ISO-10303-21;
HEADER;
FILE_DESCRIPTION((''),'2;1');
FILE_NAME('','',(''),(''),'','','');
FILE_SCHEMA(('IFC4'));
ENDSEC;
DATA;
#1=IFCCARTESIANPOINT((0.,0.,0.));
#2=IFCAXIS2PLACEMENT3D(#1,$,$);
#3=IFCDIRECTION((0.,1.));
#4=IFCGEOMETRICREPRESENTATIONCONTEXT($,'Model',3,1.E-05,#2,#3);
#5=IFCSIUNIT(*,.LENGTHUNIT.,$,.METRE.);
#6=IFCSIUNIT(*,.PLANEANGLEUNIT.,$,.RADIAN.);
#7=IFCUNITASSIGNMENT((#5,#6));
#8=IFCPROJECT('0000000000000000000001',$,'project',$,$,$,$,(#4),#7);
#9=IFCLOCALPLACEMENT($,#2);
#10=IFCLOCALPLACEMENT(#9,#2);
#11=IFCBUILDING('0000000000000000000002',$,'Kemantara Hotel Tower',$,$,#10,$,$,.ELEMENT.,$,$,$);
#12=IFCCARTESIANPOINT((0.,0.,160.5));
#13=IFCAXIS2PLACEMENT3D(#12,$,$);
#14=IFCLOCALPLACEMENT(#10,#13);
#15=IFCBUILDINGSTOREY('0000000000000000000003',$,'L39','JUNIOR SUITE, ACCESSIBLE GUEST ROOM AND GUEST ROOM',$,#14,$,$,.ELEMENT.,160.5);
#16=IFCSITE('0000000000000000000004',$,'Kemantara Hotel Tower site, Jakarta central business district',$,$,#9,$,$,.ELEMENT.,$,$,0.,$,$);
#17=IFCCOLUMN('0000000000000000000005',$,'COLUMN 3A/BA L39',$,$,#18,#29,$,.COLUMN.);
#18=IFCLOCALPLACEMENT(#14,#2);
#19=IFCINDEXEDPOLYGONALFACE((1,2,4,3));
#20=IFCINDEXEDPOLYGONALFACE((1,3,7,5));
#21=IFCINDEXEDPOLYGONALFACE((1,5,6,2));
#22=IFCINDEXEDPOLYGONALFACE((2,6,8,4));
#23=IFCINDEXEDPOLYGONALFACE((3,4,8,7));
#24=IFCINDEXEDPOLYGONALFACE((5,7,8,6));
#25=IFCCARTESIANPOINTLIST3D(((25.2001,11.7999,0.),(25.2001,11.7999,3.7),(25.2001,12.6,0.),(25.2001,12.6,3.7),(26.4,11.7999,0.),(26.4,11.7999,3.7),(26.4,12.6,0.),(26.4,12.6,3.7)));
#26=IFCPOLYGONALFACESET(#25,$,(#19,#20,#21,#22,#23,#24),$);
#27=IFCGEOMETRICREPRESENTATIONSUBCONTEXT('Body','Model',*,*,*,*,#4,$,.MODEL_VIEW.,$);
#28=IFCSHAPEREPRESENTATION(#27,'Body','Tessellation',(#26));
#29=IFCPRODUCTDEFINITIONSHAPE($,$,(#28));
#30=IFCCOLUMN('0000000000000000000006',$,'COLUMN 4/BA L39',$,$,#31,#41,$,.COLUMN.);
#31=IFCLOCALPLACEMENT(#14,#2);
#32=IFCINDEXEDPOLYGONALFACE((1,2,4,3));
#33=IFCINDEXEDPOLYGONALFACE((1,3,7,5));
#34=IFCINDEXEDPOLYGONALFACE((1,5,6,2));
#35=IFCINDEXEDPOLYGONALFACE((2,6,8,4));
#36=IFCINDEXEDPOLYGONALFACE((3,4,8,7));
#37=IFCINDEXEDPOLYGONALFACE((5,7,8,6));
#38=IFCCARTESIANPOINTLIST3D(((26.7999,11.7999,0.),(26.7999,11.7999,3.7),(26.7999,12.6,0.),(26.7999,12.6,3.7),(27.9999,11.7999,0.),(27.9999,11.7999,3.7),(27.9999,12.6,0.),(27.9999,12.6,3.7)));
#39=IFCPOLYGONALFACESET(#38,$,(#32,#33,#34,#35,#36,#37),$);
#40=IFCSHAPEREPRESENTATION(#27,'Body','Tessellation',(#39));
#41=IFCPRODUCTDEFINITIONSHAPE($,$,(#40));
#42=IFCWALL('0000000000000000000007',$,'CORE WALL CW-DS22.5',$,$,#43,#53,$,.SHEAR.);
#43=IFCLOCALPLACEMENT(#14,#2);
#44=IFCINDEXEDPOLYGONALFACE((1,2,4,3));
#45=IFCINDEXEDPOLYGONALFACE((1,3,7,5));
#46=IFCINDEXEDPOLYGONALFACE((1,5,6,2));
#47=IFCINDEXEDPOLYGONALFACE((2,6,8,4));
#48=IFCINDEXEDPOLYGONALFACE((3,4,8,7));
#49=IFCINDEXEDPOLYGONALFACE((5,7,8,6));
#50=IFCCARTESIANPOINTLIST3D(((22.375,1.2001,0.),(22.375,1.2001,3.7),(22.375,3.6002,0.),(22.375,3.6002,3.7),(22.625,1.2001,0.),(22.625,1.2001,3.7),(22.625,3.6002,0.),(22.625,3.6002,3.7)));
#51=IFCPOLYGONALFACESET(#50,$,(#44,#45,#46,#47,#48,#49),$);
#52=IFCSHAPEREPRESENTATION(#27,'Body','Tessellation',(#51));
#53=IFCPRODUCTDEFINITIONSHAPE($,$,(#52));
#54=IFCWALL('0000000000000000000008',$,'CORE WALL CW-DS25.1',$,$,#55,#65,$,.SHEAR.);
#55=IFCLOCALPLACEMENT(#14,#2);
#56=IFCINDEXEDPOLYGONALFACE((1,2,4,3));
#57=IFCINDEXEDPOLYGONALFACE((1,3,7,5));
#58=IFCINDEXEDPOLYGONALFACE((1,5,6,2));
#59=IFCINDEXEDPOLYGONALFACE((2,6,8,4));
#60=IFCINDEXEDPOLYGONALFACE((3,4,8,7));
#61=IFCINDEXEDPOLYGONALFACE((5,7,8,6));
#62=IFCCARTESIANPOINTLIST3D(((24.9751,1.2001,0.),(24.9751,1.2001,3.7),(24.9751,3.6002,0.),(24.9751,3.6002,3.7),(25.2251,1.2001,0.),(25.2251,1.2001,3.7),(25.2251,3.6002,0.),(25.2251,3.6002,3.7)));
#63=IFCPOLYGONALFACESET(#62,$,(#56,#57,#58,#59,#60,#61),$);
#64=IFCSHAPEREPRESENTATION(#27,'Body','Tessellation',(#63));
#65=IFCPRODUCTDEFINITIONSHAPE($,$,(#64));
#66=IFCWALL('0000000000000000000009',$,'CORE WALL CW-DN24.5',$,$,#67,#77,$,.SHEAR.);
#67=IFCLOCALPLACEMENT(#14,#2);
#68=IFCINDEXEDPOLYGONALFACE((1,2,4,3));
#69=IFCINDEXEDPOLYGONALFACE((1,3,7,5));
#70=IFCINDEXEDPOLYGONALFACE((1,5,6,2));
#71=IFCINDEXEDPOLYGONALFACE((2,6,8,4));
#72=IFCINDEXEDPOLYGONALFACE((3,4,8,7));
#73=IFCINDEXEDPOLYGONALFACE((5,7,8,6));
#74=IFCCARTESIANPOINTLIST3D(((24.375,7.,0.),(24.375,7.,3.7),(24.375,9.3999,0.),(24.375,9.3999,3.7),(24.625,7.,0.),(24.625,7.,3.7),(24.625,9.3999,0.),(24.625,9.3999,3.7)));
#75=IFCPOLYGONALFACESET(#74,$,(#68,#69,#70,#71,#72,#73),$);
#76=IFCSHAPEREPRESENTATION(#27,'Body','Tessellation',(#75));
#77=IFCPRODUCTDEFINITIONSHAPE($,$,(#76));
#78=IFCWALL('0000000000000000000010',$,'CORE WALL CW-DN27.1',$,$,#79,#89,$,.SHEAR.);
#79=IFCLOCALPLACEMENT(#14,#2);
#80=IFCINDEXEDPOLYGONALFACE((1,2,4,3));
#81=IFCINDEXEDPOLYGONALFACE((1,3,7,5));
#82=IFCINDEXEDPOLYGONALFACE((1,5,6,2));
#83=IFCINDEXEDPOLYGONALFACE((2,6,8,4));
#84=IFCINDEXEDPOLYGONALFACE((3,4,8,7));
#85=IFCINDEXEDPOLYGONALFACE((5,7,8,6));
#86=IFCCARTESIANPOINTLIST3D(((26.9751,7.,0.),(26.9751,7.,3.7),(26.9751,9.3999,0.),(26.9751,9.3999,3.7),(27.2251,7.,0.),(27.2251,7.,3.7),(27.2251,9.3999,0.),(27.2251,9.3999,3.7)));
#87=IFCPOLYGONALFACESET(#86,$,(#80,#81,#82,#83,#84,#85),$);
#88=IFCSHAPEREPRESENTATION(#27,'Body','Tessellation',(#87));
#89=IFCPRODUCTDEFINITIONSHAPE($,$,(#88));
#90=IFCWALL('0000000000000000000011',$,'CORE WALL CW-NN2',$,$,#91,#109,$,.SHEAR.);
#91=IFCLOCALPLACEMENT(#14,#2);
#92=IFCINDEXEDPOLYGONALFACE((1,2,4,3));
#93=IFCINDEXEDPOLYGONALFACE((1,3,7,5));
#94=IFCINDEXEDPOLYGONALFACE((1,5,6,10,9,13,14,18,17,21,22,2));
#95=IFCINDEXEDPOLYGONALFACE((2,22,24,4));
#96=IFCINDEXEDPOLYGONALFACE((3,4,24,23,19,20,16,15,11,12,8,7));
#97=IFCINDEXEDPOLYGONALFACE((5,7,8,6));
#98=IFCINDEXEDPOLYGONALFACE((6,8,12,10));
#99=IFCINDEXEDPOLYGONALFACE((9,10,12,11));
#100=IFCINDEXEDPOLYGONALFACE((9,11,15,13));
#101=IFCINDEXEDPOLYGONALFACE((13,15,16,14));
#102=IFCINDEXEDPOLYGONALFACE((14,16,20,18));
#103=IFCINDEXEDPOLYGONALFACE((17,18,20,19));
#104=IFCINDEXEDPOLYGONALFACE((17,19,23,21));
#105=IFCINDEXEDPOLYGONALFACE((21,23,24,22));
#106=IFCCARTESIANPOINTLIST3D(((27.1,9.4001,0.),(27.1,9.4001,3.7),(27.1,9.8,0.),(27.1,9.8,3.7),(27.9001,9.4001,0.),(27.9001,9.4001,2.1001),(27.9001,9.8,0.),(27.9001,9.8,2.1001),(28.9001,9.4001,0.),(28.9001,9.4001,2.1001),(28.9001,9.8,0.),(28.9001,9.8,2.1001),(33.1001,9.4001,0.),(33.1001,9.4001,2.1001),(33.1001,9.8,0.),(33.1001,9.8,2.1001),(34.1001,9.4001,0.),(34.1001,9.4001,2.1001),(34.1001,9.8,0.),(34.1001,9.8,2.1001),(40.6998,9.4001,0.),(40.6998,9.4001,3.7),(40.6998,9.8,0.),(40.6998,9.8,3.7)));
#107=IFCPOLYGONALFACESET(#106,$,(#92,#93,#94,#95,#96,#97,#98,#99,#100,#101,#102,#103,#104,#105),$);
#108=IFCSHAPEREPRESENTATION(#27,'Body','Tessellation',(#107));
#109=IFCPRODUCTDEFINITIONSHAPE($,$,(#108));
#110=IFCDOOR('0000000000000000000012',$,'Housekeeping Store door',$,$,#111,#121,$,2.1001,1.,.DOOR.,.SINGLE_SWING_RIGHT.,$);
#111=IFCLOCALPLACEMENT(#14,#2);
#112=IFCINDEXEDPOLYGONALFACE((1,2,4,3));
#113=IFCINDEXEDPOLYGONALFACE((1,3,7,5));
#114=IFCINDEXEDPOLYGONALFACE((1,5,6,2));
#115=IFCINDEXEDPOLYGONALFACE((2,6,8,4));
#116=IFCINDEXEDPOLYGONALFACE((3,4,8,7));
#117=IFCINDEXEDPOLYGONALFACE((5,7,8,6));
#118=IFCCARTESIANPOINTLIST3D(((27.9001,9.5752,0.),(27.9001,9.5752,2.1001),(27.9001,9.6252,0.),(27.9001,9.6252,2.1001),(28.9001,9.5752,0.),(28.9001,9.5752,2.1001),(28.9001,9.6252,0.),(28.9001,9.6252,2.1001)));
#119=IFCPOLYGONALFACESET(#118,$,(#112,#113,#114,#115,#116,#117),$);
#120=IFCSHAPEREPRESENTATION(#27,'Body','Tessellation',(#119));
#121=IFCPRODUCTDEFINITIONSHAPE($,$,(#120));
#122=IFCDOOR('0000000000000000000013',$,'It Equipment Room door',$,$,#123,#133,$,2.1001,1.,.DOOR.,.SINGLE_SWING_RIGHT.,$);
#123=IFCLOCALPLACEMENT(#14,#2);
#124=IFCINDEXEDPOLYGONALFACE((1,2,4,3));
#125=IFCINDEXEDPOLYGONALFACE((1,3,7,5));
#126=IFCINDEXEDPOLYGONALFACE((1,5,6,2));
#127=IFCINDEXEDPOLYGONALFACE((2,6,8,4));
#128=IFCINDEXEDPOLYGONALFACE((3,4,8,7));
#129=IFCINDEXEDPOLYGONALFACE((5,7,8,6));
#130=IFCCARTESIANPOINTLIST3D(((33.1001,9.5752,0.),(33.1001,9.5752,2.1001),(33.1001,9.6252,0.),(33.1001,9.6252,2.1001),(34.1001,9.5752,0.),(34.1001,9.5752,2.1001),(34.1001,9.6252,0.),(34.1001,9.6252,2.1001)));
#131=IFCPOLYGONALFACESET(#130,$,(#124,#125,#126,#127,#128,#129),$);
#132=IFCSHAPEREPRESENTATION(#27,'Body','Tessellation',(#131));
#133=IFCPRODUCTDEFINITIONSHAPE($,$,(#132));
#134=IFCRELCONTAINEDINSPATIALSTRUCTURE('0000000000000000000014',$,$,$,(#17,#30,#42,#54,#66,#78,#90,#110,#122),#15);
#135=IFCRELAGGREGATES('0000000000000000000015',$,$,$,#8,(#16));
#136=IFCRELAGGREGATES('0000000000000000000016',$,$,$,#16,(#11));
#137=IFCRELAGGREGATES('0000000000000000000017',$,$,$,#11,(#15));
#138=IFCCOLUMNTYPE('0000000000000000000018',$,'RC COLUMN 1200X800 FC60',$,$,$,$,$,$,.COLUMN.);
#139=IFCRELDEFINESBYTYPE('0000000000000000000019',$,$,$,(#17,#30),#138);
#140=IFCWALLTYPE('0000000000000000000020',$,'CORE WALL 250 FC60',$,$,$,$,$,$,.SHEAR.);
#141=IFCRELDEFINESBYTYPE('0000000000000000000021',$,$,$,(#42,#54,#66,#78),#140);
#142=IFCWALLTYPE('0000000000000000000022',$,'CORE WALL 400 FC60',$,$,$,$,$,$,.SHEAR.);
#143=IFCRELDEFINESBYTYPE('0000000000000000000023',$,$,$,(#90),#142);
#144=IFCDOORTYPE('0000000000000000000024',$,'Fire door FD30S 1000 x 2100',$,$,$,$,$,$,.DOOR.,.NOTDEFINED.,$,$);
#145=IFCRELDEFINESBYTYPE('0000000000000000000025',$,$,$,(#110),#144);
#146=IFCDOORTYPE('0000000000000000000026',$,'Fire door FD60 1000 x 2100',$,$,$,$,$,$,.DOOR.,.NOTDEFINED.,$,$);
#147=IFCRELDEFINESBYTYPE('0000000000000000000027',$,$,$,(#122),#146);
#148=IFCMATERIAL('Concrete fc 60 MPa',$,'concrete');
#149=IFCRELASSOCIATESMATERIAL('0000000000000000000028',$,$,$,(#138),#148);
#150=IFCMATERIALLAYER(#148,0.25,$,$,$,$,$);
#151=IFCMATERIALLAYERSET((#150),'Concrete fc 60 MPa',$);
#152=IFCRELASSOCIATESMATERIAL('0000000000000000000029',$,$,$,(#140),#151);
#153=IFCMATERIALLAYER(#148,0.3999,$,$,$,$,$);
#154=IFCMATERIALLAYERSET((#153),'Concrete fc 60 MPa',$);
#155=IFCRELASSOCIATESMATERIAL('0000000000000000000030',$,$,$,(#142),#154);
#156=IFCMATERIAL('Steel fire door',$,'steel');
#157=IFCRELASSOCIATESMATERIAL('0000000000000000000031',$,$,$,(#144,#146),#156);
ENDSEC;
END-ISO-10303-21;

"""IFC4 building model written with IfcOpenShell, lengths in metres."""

from ifc_helpers import new_model, si_unit, direction, frame, frame_2d, origin, origin_2d, place, context, subcontext, project, spatial, rectangle, extrude, material, layer, layer_set, material_profile, profile_set, type_object, element, fill, save


model = new_model("IFC4")

# Units and contexts
model_context = context("Model", 3, precision=1e-05, world=origin(), true_north=direction((0.0, 1.0)))
body_context = subcontext(model_context, "Body", "Model", "MODEL_VIEW")
ifc_project = project(units=[si_unit("LENGTHUNIT", "METRE"), si_unit("PLANEANGLEUNIT", "RADIAN")], contexts=[model_context])

# Site, building, storey
site_placement = place(None, origin())
site = spatial("IfcSite", under=ifc_project, at=site_placement, Name="Kemantara Hotel Tower site, Jakarta central business district", CompositionType="ELEMENT", RefElevation=0.0)
building_placement = place(site_placement, origin())
building = spatial("IfcBuilding", under=site, at=building_placement, Name="Kemantara Hotel Tower", CompositionType="ELEMENT")
storey_placement = place(building_placement, frame((0.0, 0.0, 160.5)))
storey = spatial("IfcBuildingStorey", under=building, at=storey_placement, Name="L39", Description="JUNIOR SUITE, ACCESSIBLE GUEST ROOM AND GUEST ROOM", CompositionType="ELEMENT", Elevation=160.5)

# Columns
ifc_material_1 = material(Name="Concrete fc 60 MPa", Category="concrete")
ifc_material_profile = material_profile(ifc_material_1, rectangle(XDim=1.2, YDim=0.8, at=origin_2d()), Name="RC 1200X800")
ifc_profile_set = profile_set([ifc_material_profile], Name="Concrete fc 60 MPa")
column_type = type_object("IfcColumnType", Name="RC COLUMN 1200X800 FC60", PredefinedType="COLUMN", material=ifc_profile_set)
for number, where, z_axis, x_axis, name in (
    (1, (25.8, 12.2, 0.0), (0.0, 0.0, 1.0), (1.0, 0.0, 0.0), "COLUMN 3A/BA L39"),
    (2, (27.3999, 12.2, 0.0), (0.0, 0.0, 1.0), (1.0, 0.0, 0.0), "COLUMN 4/BA L39"),
):
    element("IfcColumn", number, at=place(storey_placement, frame(where, z_axis=z_axis, x_axis=x_axis)), inside=storey, type_object=column_type, Name=name, PredefinedType="COLUMN", context=body_context, shape_type="SweptSolid", body=[
        extrude(rectangle(XDim=1.2, YDim=0.8, at=origin_2d()), origin(), (0.0, 0.0, 1.0), 3.7),
    ])

# Walls
ifc_layer_1 = layer(ifc_material_1, 0.25)
ifc_layer_set_1 = layer_set([ifc_layer_1], Name="Concrete fc 60 MPa")
wall_type_1 = type_object("IfcWallType", Name="CORE WALL 250 FC60", PredefinedType="SHEAR", material=ifc_layer_set_1)
for number, where, z_axis, x_axis, name in (
    (3, (22.5, 1.2, 0.0), (0.0, 0.0, 1.0), (0.0, 1.0, 0.0), "CORE WALL CW-DS22.5"),
    (4, (25.1001, 1.2, 0.0), (0.0, 0.0, 1.0), (0.0, 1.0, 0.0), "CORE WALL CW-DS25.1"),
):
    element("IfcWall", number, at=place(storey_placement, frame(where, z_axis=z_axis, x_axis=x_axis)), inside=storey, type_object=wall_type_1, Name=name, PredefinedType="SHEAR", context=body_context, shape_type="SweptSolid", body=[
        extrude(rectangle(XDim=2.4001, YDim=0.25, at=frame_2d((1.2002, 0.0))), origin(), (0.0, 0.0, 1.0), 3.7),
    ])
for number, where, z_axis, x_axis, name in (
    (5, (24.5, 7.0, 0.0), (0.0, 0.0, 1.0), (0.0, 1.0, 0.0), "CORE WALL CW-DN24.5"),
    (6, (27.1001, 7.0, 0.0), (0.0, 0.0, 1.0), (0.0, 1.0, 0.0), "CORE WALL CW-DN27.1"),
):
    element("IfcWall", number, at=place(storey_placement, frame(where, z_axis=z_axis, x_axis=x_axis)), inside=storey, type_object=wall_type_1, Name=name, PredefinedType="SHEAR", context=body_context, shape_type="SweptSolid", body=[
        extrude(rectangle(XDim=2.3999, YDim=0.25, at=frame_2d((1.2, 0.0))), origin(), (0.0, 0.0, 1.0), 3.7),
    ])

# Wall, openings, doors
ifc_layer_2 = layer(ifc_material_1, 0.3999)
ifc_layer_set_2 = layer_set([ifc_layer_2], Name="Concrete fc 60 MPa")
wall_type_2 = type_object("IfcWallType", Name="CORE WALL 400 FC60", PredefinedType="SHEAR", material=ifc_layer_set_2)
wall_1_placement = place(storey_placement, frame((27.1001, 9.6001, 0.0), z_axis=(0.0, 0.0, 1.0), x_axis=(1.0, 0.0, 0.0)))
wall_1 = element("IfcWall", 7, at=wall_1_placement, inside=storey, type_object=wall_type_2, Name="CORE WALL CW-NN2", PredefinedType="SHEAR", context=body_context, shape_type="SweptSolid", body=[
    extrude(rectangle(XDim=13.5999, YDim=0.3999, at=frame_2d((6.7998, 0.0))), origin(), (0.0, 0.0, 1.0), 3.7),
])
opening_1_placement = place(wall_1_placement, frame((0.8, 0.0, 0.0)))
opening_1 = element("IfcOpeningElement", 8, at=opening_1_placement, cuts=wall_1, PredefinedType="OPENING", context=body_context, shape_type="SweptSolid", body=[
    extrude(rectangle(XDim=1.0, YDim=2.1001, at=frame_2d((0.5, 1.05))), frame((0.0, 0.21, 0.0), z_axis=(0.0, -1.0, 0.0), x_axis=(1.0, 0.0, 0.0)), (0.0, 0.0, 1.0), 0.4199),
])
opening_2_placement = place(wall_1_placement, frame((6.0, 0.0, 0.0)))
opening_2 = element("IfcOpeningElement", 9, at=opening_2_placement, cuts=wall_1, PredefinedType="OPENING", context=body_context, shape_type="SweptSolid", body=[
    extrude(rectangle(XDim=1.0, YDim=2.1001, at=frame_2d((0.5, 1.05))), frame((0.0, 0.21, 0.0), z_axis=(0.0, -1.0, 0.0), x_axis=(1.0, 0.0, 0.0)), (0.0, 0.0, 1.0), 0.4199),
])
ifc_material_2 = material(Name="Steel fire door", Category="steel")
door_type_1 = type_object("IfcDoorType", Name="Fire door FD30S 1000 x 2100", OperationType="NOTDEFINED", PredefinedType="DOOR", material=ifc_material_2)
door_1_placement = place(opening_1_placement, frame((1.0, 0.0, 0.0), z_axis=(0.0, 0.0, 1.0), x_axis=(-1.0, 0.0, 0.0)))
door_1 = element("IfcDoor", 10, at=door_1_placement, inside=storey, type_object=door_type_1, Name="Housekeeping Store door", OperationType="SINGLE_SWING_RIGHT", OverallHeight=2.1001, OverallWidth=1.0, PredefinedType="DOOR", context=body_context, shape_type="SweptSolid", body=[
    extrude(rectangle(XDim=1.0, YDim=2.1001, at=frame_2d((0.5, 1.05))), frame((0.0, 0.0249, 0.0), z_axis=(0.0, -1.0, 0.0), x_axis=(1.0, 0.0, 0.0)), (0.0, 0.0, 1.0), 0.05),
])
fill(opening_1, door_1)
door_type_2 = type_object("IfcDoorType", Name="Fire door FD60 1000 x 2100", OperationType="NOTDEFINED", PredefinedType="DOOR", material=ifc_material_2)
door_2_placement = place(opening_2_placement, frame((1.0, 0.0, 0.0), z_axis=(0.0, 0.0, 1.0), x_axis=(-1.0, 0.0, 0.0)))
door_2 = element("IfcDoor", 11, at=door_2_placement, inside=storey, type_object=door_type_2, Name="It Equipment Room door", OperationType="SINGLE_SWING_RIGHT", OverallHeight=2.1001, OverallWidth=1.0, PredefinedType="DOOR", context=body_context, shape_type="SweptSolid", body=[
    extrude(rectangle(XDim=1.0, YDim=2.1001, at=frame_2d((0.5, 1.05))), frame((0.0, 0.0249, 0.0), z_axis=(0.0, -1.0, 0.0), x_axis=(1.0, 0.0, 0.0)), (0.0, 0.0, 1.0), 0.05),
])
fill(opening_2, door_2)

save(model, "model.ifc")
